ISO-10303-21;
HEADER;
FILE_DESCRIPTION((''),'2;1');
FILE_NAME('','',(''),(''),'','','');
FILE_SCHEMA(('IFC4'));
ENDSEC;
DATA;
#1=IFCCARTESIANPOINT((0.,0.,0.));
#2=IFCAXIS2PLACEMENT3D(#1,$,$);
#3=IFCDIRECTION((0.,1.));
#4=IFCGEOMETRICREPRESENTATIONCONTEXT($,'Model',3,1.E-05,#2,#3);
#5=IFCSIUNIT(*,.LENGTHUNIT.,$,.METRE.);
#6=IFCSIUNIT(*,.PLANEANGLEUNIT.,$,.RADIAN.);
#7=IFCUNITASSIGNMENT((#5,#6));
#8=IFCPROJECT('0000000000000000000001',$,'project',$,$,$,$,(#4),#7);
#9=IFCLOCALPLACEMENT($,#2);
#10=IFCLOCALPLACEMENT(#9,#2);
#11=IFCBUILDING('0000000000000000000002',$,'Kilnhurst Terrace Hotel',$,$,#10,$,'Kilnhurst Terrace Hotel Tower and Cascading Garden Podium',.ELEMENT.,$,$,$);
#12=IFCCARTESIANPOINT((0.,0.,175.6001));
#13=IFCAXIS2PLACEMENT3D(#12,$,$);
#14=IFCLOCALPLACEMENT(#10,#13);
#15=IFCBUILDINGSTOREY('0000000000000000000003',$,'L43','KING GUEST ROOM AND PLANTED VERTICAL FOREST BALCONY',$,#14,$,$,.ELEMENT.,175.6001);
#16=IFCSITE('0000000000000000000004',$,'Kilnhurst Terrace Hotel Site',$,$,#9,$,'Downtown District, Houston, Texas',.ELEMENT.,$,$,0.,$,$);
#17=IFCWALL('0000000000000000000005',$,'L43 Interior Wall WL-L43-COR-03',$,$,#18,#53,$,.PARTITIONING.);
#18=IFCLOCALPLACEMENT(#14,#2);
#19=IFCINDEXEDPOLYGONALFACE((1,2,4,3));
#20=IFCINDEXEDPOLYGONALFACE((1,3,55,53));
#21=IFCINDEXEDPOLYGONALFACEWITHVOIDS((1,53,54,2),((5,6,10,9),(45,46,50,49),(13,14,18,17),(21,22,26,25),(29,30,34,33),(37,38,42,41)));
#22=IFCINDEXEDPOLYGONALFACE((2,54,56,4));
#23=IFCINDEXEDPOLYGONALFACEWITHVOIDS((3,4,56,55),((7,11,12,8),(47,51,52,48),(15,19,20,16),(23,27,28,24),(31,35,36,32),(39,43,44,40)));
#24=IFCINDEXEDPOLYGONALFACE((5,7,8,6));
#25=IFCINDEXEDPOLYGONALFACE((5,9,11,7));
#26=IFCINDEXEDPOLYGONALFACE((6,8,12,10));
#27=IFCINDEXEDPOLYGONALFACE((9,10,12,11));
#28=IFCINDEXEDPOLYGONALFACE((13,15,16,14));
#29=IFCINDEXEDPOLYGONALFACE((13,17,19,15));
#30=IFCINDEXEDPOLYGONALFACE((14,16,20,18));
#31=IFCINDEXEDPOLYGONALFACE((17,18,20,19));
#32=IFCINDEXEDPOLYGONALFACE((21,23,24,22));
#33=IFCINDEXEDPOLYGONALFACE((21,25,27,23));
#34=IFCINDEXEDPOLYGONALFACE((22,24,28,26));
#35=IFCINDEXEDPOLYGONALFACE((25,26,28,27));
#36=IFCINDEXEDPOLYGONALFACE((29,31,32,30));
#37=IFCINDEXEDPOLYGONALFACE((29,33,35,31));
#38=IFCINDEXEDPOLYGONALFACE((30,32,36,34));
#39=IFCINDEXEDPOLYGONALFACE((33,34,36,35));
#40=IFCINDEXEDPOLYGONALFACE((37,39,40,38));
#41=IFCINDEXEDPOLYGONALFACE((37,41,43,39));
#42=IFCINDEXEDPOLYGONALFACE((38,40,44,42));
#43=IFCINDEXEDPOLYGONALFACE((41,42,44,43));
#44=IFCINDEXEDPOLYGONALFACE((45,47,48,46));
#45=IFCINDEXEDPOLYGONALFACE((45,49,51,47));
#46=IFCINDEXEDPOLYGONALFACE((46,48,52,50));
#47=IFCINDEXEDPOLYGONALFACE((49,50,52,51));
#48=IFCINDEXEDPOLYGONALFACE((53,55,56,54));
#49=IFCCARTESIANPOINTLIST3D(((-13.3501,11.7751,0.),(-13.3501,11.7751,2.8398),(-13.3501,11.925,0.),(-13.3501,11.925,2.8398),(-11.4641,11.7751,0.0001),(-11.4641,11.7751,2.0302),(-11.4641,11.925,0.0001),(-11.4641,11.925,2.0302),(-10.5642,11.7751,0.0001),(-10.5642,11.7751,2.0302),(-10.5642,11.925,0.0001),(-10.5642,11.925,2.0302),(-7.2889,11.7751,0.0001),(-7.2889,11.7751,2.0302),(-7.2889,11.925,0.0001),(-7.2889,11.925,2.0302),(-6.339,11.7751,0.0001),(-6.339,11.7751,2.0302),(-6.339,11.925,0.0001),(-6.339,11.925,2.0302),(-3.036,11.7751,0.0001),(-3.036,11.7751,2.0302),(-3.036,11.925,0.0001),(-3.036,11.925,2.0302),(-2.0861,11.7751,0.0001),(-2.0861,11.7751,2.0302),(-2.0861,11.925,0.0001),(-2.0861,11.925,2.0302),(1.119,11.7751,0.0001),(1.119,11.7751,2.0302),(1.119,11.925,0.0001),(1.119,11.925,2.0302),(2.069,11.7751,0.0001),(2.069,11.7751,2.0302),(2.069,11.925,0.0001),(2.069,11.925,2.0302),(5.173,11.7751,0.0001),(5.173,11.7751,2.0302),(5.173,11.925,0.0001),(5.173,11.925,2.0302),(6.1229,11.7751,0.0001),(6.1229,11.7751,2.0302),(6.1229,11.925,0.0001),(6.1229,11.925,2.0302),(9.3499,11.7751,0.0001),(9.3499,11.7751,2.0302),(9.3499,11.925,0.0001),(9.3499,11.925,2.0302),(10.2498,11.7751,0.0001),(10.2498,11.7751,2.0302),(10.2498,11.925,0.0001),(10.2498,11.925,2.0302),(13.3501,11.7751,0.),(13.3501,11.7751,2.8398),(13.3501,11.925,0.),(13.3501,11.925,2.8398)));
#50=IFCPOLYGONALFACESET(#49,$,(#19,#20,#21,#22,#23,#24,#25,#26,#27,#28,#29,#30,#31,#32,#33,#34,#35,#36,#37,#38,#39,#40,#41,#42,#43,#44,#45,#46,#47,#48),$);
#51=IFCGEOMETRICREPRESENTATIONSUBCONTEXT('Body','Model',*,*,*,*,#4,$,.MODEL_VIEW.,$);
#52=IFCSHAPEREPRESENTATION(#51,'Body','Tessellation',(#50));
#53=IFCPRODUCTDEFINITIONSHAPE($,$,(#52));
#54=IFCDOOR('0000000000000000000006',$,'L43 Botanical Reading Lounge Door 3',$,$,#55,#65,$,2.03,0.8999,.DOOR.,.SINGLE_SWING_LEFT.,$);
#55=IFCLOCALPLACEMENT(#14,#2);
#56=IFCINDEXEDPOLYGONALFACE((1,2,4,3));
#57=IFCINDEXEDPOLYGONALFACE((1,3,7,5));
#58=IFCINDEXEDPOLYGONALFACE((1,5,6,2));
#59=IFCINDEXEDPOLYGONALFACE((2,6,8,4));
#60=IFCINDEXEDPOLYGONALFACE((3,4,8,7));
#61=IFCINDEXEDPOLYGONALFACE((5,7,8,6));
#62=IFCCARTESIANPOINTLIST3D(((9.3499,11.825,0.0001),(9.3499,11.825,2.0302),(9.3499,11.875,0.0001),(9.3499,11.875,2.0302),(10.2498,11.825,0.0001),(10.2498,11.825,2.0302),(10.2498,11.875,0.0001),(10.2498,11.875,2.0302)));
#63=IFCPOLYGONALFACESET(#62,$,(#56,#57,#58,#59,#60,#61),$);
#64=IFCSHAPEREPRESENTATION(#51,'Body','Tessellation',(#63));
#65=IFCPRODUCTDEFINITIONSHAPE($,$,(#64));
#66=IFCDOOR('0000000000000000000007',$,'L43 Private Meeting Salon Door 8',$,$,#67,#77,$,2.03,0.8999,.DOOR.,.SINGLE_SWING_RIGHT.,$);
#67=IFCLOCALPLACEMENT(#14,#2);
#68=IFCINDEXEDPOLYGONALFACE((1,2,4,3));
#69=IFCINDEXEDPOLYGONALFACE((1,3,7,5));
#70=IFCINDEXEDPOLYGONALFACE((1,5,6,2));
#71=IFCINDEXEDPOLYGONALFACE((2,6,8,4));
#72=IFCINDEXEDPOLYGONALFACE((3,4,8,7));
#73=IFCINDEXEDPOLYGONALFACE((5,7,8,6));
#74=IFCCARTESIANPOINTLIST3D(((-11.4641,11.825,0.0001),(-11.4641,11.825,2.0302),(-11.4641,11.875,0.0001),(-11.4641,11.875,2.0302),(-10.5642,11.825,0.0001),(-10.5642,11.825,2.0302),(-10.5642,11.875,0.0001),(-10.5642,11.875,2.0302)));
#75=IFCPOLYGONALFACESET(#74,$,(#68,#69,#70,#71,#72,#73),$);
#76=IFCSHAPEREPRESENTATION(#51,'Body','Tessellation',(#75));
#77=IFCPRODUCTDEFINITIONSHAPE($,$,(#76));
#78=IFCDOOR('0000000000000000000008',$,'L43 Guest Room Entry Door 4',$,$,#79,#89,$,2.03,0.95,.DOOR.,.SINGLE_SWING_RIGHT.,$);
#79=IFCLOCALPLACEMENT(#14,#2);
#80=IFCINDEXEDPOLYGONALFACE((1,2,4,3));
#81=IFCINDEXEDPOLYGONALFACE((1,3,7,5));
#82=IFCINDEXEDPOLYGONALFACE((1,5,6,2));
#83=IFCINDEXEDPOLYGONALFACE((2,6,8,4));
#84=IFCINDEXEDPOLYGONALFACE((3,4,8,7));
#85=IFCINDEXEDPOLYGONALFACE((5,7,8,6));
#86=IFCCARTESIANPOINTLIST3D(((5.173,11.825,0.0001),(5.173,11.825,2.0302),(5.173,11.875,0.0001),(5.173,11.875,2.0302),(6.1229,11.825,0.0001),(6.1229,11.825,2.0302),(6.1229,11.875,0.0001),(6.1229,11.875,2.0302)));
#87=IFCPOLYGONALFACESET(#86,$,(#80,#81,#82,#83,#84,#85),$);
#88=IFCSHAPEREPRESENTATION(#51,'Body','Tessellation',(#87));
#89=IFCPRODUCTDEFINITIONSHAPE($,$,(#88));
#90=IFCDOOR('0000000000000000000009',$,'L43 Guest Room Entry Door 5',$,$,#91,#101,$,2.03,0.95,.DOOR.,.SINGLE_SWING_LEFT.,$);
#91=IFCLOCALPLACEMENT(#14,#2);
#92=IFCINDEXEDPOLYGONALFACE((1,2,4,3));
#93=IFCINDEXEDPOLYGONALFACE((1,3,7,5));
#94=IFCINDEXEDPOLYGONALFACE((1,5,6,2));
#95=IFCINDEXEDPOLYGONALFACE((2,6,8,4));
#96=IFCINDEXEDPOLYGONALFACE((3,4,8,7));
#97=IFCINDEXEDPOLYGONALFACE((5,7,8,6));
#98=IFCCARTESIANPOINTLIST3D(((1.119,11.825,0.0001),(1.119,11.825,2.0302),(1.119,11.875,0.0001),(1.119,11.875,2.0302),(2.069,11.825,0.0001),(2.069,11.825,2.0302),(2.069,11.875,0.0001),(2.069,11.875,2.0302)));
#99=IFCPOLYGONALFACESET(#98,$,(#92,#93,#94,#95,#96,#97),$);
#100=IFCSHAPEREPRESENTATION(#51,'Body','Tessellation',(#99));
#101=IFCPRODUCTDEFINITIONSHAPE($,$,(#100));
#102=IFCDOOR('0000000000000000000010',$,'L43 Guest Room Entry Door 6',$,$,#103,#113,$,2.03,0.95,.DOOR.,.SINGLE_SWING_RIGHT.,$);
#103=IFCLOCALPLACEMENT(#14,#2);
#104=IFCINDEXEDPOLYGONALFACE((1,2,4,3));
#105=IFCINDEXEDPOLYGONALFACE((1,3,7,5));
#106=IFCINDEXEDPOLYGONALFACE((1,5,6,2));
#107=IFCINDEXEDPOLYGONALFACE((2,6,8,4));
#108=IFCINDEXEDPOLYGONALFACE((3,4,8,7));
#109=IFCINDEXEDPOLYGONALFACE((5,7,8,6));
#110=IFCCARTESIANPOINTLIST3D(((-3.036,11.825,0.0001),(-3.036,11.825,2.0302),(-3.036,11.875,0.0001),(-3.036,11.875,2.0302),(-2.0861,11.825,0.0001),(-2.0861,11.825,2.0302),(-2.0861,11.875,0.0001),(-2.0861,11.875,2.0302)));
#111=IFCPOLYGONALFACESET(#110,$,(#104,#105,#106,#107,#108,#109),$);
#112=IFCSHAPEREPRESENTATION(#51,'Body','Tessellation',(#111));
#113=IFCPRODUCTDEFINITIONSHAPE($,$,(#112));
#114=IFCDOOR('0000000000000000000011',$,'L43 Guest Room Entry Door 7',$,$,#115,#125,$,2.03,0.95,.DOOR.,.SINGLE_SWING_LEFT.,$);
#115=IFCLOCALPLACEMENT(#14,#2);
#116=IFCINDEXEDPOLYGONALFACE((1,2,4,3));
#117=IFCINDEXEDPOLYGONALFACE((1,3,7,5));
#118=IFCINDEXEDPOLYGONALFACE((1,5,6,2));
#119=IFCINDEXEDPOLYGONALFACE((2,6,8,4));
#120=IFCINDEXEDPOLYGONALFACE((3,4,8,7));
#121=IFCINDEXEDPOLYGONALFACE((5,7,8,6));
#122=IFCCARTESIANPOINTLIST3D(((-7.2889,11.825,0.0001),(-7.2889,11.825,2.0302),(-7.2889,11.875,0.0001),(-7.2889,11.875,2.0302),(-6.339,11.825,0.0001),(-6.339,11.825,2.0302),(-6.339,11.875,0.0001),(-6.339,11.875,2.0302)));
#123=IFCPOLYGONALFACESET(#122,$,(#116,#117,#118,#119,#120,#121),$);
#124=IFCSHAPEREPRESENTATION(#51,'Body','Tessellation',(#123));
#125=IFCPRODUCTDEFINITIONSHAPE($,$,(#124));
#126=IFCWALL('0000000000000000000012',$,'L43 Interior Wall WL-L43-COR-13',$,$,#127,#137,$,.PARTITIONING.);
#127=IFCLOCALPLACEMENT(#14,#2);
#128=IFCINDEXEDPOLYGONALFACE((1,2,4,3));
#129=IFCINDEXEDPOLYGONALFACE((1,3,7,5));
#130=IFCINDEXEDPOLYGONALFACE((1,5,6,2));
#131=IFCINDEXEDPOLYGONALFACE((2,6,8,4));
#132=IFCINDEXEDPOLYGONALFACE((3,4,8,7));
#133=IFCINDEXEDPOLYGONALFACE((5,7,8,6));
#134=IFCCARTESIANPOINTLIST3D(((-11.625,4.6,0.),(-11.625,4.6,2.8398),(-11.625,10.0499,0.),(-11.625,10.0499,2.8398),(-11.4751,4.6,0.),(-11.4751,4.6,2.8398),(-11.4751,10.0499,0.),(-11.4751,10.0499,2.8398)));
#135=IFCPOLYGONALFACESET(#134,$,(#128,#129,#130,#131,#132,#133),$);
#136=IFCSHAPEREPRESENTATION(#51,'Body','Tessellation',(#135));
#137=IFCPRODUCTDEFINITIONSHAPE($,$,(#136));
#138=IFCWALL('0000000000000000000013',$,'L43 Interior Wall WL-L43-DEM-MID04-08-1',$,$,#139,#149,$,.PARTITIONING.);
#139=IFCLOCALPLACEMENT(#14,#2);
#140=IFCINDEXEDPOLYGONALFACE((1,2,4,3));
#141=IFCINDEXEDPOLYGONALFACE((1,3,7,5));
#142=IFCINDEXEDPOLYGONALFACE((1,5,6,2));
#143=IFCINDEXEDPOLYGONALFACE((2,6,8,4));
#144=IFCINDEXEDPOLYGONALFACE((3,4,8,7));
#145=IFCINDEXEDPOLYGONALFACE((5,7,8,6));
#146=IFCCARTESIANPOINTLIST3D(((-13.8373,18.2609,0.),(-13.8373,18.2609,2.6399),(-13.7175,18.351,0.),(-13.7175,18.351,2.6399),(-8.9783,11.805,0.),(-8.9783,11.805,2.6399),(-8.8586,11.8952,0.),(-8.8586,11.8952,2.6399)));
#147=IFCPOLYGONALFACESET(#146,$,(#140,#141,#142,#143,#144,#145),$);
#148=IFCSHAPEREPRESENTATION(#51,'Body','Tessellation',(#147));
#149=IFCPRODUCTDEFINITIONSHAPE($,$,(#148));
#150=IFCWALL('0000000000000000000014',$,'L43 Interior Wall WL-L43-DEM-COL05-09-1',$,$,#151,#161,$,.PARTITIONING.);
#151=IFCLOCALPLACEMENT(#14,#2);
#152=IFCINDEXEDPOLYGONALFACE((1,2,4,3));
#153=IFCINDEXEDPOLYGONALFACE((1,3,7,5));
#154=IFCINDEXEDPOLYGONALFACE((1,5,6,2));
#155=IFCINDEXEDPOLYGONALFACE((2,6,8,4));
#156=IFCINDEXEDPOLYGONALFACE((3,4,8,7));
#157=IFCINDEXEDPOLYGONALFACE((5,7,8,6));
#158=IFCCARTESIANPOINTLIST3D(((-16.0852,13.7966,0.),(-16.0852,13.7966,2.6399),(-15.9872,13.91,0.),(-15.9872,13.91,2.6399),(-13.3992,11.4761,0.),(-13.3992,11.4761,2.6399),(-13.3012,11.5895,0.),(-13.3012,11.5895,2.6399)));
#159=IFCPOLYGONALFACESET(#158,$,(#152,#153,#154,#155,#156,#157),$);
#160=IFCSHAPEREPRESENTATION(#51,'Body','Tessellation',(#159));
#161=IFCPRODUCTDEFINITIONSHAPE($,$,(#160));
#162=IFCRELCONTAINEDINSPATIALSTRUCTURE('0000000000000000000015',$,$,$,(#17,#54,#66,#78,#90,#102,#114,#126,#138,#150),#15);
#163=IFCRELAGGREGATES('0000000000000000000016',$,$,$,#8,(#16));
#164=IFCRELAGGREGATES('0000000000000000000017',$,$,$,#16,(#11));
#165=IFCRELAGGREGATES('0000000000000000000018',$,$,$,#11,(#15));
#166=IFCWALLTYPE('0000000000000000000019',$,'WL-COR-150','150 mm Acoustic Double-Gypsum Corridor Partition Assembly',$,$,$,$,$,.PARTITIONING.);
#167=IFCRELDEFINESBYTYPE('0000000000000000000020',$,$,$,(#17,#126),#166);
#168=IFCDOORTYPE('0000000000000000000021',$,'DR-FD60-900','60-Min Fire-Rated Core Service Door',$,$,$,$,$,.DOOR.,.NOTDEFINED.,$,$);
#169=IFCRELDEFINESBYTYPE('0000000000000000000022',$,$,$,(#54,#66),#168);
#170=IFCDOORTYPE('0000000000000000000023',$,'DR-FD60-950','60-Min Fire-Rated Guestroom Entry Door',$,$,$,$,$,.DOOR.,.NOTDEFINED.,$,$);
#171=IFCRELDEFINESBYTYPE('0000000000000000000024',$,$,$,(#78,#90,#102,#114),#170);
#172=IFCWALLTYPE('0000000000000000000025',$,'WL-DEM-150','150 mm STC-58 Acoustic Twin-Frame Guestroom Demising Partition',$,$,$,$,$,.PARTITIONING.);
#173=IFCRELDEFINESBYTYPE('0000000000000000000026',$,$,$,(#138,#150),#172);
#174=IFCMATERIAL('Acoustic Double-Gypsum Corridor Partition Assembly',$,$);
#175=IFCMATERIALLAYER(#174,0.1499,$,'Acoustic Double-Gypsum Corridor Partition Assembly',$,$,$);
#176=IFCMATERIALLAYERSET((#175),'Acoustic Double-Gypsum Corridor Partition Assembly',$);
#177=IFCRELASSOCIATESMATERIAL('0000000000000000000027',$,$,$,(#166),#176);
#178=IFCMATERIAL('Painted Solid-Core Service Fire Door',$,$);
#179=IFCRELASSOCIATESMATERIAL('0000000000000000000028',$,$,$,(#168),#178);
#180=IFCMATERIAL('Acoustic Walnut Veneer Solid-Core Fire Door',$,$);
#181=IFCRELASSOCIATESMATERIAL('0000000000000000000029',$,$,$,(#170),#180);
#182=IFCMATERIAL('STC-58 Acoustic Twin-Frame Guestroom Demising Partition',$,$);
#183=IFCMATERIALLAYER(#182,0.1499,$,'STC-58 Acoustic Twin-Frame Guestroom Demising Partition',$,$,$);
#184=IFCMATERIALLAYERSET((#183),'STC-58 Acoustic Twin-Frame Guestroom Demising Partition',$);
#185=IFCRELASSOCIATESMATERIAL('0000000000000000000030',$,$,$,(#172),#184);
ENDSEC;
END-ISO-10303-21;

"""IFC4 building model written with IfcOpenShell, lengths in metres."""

from ifc_helpers import new_model, si_unit, direction, frame, frame_2d, origin, place, context, subcontext, project, spatial, rectangle, extrude, material, layer, layer_set, type_object, element, fill, save


model = new_model("IFC4")

# Units and contexts
model_context = context("Model", 3, precision=1e-05, world=origin(), true_north=direction((0.0, 1.0)))
body_context = subcontext(model_context, "Body", "Model", "MODEL_VIEW")
ifc_project = project(units=[si_unit("LENGTHUNIT", "METRE"), si_unit("PLANEANGLEUNIT", "RADIAN")], contexts=[model_context])

# Site, building, storey
site_placement = place(None, origin())
site = spatial("IfcSite", under=ifc_project, at=site_placement, Name="Kilnhurst Terrace Hotel Site", LongName="Downtown District, Houston, Texas", CompositionType="ELEMENT", RefElevation=0.0)
building_placement = place(site_placement, origin())
building = spatial("IfcBuilding", under=site, at=building_placement, Name="Kilnhurst Terrace Hotel", LongName="Kilnhurst Terrace Hotel Tower and Cascading Garden Podium", CompositionType="ELEMENT")
storey_placement = place(building_placement, frame((0.0, 0.0, 175.6001)))
storey = spatial("IfcBuildingStorey", under=building, at=storey_placement, Name="L43", Description="KING GUEST ROOM AND PLANTED VERTICAL FOREST BALCONY", CompositionType="ELEMENT", Elevation=175.6001)

# Wall, openings, doors
ifc_material_1 = material(Name="Acoustic Double-Gypsum Corridor Partition Assembly")
ifc_layer_1 = layer(ifc_material_1, 0.1499, Name="Acoustic Double-Gypsum Corridor Partition Assembly")
ifc_layer_set_1 = layer_set([ifc_layer_1], Name="Acoustic Double-Gypsum Corridor Partition Assembly")
wall_type_1 = type_object("IfcWallType", Name="WL-COR-150", Description="150 mm Acoustic Double-Gypsum Corridor Partition Assembly", PredefinedType="PARTITIONING", material=ifc_layer_set_1)
wall_1_placement = place(storey_placement, frame((-13.3501, 11.8501, 0.0), z_axis=(0.0, 0.0, 1.0), x_axis=(1.0, 0.0, 0.0)))
wall_1 = element("IfcWall", 1, at=wall_1_placement, inside=storey, type_object=wall_type_1, Name="L43 Interior Wall WL-L43-COR-03", PredefinedType="PARTITIONING", context=body_context, shape_type="SweptSolid", body=[
    extrude(rectangle(XDim=26.7002, YDim=0.1499, at=frame_2d((13.3501, 0.0))), origin(), (0.0, 0.0, 1.0), 2.8398),
])
opening_1_placement = place(wall_1_placement, frame((22.7, 0.0, 0.0)))
opening_1 = element("IfcOpeningElement", 2, at=opening_1_placement, cuts=wall_1, PredefinedType="OPENING", context=body_context, shape_type="SweptSolid", body=[
    extrude(rectangle(XDim=0.8999, YDim=2.03, at=frame_2d((0.45, 1.0151))), frame((0.0, 0.085, 0.0), z_axis=(0.0, -1.0, 0.0), x_axis=(1.0, 0.0, 0.0)), (0.0, 0.0, 1.0), 0.1699),
])
opening_2_placement = place(wall_1_placement, frame((18.5229, 0.0, 0.0)))
opening_2 = element("IfcOpeningElement", 3, at=opening_2_placement, cuts=wall_1, PredefinedType="OPENING", context=body_context, shape_type="SweptSolid", body=[
    extrude(rectangle(XDim=0.95, YDim=2.03, at=frame_2d((0.4751, 1.0151))), frame((0.0, 0.085, 0.0), z_axis=(0.0, -1.0, 0.0), x_axis=(1.0, 0.0, 0.0)), (0.0, 0.0, 1.0), 0.1699),
])
opening_3_placement = place(wall_1_placement, frame((14.469, 0.0, 0.0)))
opening_3 = element("IfcOpeningElement", 4, at=opening_3_placement, cuts=wall_1, PredefinedType="OPENING", context=body_context, shape_type="SweptSolid", body=[
    extrude(rectangle(XDim=0.95, YDim=2.03, at=frame_2d((0.4751, 1.0151))), frame((0.0, 0.085, 0.0), z_axis=(0.0, -1.0, 0.0), x_axis=(1.0, 0.0, 0.0)), (0.0, 0.0, 1.0), 0.1699),
])
opening_4_placement = place(wall_1_placement, frame((10.314, 0.0, 0.0)))
opening_4 = element("IfcOpeningElement", 5, at=opening_4_placement, cuts=wall_1, PredefinedType="OPENING", context=body_context, shape_type="SweptSolid", body=[
    extrude(rectangle(XDim=0.95, YDim=2.03, at=frame_2d((0.4751, 1.0151))), frame((0.0, 0.085, 0.0), z_axis=(0.0, -1.0, 0.0), x_axis=(1.0, 0.0, 0.0)), (0.0, 0.0, 1.0), 0.1699),
])
opening_5_placement = place(wall_1_placement, frame((6.061, 0.0, 0.0)))
opening_5 = element("IfcOpeningElement", 6, at=opening_5_placement, cuts=wall_1, PredefinedType="OPENING", context=body_context, shape_type="SweptSolid", body=[
    extrude(rectangle(XDim=0.95, YDim=2.03, at=frame_2d((0.4751, 1.0151))), frame((0.0, 0.085, 0.0), z_axis=(0.0, -1.0, 0.0), x_axis=(1.0, 0.0, 0.0)), (0.0, 0.0, 1.0), 0.1699),
])
opening_6_placement = place(wall_1_placement, frame((1.886, 0.0, 0.0)))
opening_6 = element("IfcOpeningElement", 7, at=opening_6_placement, cuts=wall_1, PredefinedType="OPENING", context=body_context, shape_type="SweptSolid", body=[
    extrude(rectangle(XDim=0.8999, YDim=2.03, at=frame_2d((0.45, 1.0151))), frame((0.0, 0.085, 0.0), z_axis=(0.0, -1.0, 0.0), x_axis=(1.0, 0.0, 0.0)), (0.0, 0.0, 1.0), 0.1699),
])
ifc_material_2 = material(Name="Painted Solid-Core Service Fire Door")
door_type_1 = type_object("IfcDoorType", Name="DR-FD60-900", Description="60-Min Fire-Rated Core Service Door", OperationType="NOTDEFINED", PredefinedType="DOOR", material=ifc_material_2)
door_1_placement = place(opening_1_placement, origin())
door_1 = element("IfcDoor", 8, at=door_1_placement, inside=storey, type_object=door_type_1, Name="L43 Botanical Reading Lounge Door 3", OperationType="SINGLE_SWING_LEFT", OverallHeight=2.03, OverallWidth=0.8999, PredefinedType="DOOR", context=body_context, shape_type="SweptSolid", body=[
    extrude(rectangle(XDim=0.8999, YDim=2.03, at=frame_2d((0.45, 1.0151))), frame((0.0, 0.0249, 0.0), z_axis=(0.0, -1.0, 0.0), x_axis=(1.0, 0.0, 0.0)), (0.0, 0.0, 1.0), 0.05),
])
fill(opening_1, door_1)
door_2_placement = place(opening_6_placement, origin())
door_2 = element("IfcDoor", 9, at=door_2_placement, inside=storey, type_object=door_type_1, Name="L43 Private Meeting Salon Door 8", OperationType="SINGLE_SWING_RIGHT", OverallHeight=2.03, OverallWidth=0.8999, PredefinedType="DOOR", context=body_context, shape_type="SweptSolid", body=[
    extrude(rectangle(XDim=0.8999, YDim=2.03, at=frame_2d((0.45, 1.0151))), frame((0.0, 0.0249, 0.0), z_axis=(0.0, -1.0, 0.0), x_axis=(1.0, 0.0, 0.0)), (0.0, 0.0, 1.0), 0.05),
])
fill(opening_6, door_2)
ifc_material_3 = material(Name="Acoustic Walnut Veneer Solid-Core Fire Door")
door_type_2 = type_object("IfcDoorType", Name="DR-FD60-950", Description="60-Min Fire-Rated Guestroom Entry Door", OperationType="NOTDEFINED", PredefinedType="DOOR", material=ifc_material_3)
door_3_placement = place(opening_2_placement, origin())
door_3 = element("IfcDoor", 10, at=door_3_placement, inside=storey, type_object=door_type_2, Name="L43 Guest Room Entry Door 4", OperationType="SINGLE_SWING_RIGHT", OverallHeight=2.03, OverallWidth=0.95, PredefinedType="DOOR", context=body_context, shape_type="SweptSolid", body=[
    extrude(rectangle(XDim=0.95, YDim=2.03, at=frame_2d((0.4751, 1.0151))), frame((0.0, 0.0249, 0.0), z_axis=(0.0, -1.0, 0.0), x_axis=(1.0, 0.0, 0.0)), (0.0, 0.0, 1.0), 0.05),
])
fill(opening_2, door_3)
door_4_placement = place(opening_3_placement, origin())
door_4 = element("IfcDoor", 11, at=door_4_placement, inside=storey, type_object=door_type_2, Name="L43 Guest Room Entry Door 5", OperationType="SINGLE_SWING_LEFT", OverallHeight=2.03, OverallWidth=0.95, PredefinedType="DOOR", context=body_context, shape_type="SweptSolid", body=[
    extrude(rectangle(XDim=0.95, YDim=2.03, at=frame_2d((0.4751, 1.0151))), frame((0.0, 0.0249, 0.0), z_axis=(0.0, -1.0, 0.0), x_axis=(1.0, 0.0, 0.0)), (0.0, 0.0, 1.0), 0.05),
])
fill(opening_3, door_4)
door_5_placement = place(opening_4_placement, origin())
door_5 = element("IfcDoor", 12, at=door_5_placement, inside=storey, type_object=door_type_2, Name="L43 Guest Room Entry Door 6", OperationType="SINGLE_SWING_RIGHT", OverallHeight=2.03, OverallWidth=0.95, PredefinedType="DOOR", context=body_context, shape_type="SweptSolid", body=[
    extrude(rectangle(XDim=0.95, YDim=2.03, at=frame_2d((0.4751, 1.0151))), frame((0.0, 0.0249, 0.0), z_axis=(0.0, -1.0, 0.0), x_axis=(1.0, 0.0, 0.0)), (0.0, 0.0, 1.0), 0.05),
])
fill(opening_4, door_5)
door_6_placement = place(opening_5_placement, origin())
door_6 = element("IfcDoor", 13, at=door_6_placement, inside=storey, type_object=door_type_2, Name="L43 Guest Room Entry Door 7", OperationType="SINGLE_SWING_LEFT", OverallHeight=2.03, OverallWidth=0.95, PredefinedType="DOOR", context=body_context, shape_type="SweptSolid", body=[
    extrude(rectangle(XDim=0.95, YDim=2.03, at=frame_2d((0.4751, 1.0151))), frame((0.0, 0.0249, 0.0), z_axis=(0.0, -1.0, 0.0), x_axis=(1.0, 0.0, 0.0)), (0.0, 0.0, 1.0), 0.05),
])
fill(opening_5, door_6)

# Walls
wall_2_placement = place(storey_placement, frame((-11.55, 10.05, 0.0), z_axis=(0.0, 0.0, 1.0), x_axis=(0.0, -1.0, 0.0)))
element("IfcWall", 14, at=wall_2_placement, inside=storey, type_object=wall_type_1, Name="L43 Interior Wall WL-L43-COR-13", PredefinedType="PARTITIONING", context=body_context, shape_type="SweptSolid", body=[
    extrude(rectangle(XDim=5.45, YDim=0.1499, at=frame_2d((2.7251, 0.0))), origin(), (0.0, 0.0, 1.0), 2.8398),
])
ifc_material_4 = material(Name="STC-58 Acoustic Twin-Frame Guestroom Demising Partition")
ifc_layer_2 = layer(ifc_material_4, 0.1499, Name="STC-58 Acoustic Twin-Frame Guestroom Demising Partition")
ifc_layer_set_2 = layer_set([ifc_layer_2], Name="STC-58 Acoustic Twin-Frame Guestroom Demising Partition")
wall_type_2 = type_object("IfcWallType", Name="WL-DEM-150", Description="150 mm STC-58 Acoustic Twin-Frame Guestroom Demising Partition", PredefinedType="PARTITIONING", material=ifc_layer_set_2)
wall_3_placement = place(storey_placement, frame((-8.9185, 11.8501, 0.0), z_axis=(0.0, 0.0, 1.0), x_axis=(-0.601348, 0.798987, 0.0)))
element("IfcWall", 15, at=wall_3_placement, inside=storey, type_object=wall_type_2, Name="L43 Interior Wall WL-L43-DEM-MID04-08-1", PredefinedType="PARTITIONING", context=body_context, shape_type="SweptSolid", body=[
    extrude(rectangle(XDim=8.0801, YDim=0.1499, at=frame_2d((4.04, 0.0))), origin(), (0.0, 0.0, 1.0), 2.6399),
])
wall_4_placement = place(storey_placement, frame((-13.3501, 11.5327, 0.0), z_axis=(0.0, 0.0, 1.0), x_axis=(-0.756712, 0.653749, 0.0)))
element("IfcWall", 16, at=wall_4_placement, inside=storey, type_object=wall_type_2, Name="L43 Interior Wall WL-L43-DEM-COL05-09-1", PredefinedType="PARTITIONING", context=body_context, shape_type="SweptSolid", body=[
    extrude(rectangle(XDim=3.5496, YDim=0.1499, at=frame_2d((1.7749, 0.0))), origin(), (0.0, 0.0, 1.0), 2.6399),
])

save(model, "model.ifc")
